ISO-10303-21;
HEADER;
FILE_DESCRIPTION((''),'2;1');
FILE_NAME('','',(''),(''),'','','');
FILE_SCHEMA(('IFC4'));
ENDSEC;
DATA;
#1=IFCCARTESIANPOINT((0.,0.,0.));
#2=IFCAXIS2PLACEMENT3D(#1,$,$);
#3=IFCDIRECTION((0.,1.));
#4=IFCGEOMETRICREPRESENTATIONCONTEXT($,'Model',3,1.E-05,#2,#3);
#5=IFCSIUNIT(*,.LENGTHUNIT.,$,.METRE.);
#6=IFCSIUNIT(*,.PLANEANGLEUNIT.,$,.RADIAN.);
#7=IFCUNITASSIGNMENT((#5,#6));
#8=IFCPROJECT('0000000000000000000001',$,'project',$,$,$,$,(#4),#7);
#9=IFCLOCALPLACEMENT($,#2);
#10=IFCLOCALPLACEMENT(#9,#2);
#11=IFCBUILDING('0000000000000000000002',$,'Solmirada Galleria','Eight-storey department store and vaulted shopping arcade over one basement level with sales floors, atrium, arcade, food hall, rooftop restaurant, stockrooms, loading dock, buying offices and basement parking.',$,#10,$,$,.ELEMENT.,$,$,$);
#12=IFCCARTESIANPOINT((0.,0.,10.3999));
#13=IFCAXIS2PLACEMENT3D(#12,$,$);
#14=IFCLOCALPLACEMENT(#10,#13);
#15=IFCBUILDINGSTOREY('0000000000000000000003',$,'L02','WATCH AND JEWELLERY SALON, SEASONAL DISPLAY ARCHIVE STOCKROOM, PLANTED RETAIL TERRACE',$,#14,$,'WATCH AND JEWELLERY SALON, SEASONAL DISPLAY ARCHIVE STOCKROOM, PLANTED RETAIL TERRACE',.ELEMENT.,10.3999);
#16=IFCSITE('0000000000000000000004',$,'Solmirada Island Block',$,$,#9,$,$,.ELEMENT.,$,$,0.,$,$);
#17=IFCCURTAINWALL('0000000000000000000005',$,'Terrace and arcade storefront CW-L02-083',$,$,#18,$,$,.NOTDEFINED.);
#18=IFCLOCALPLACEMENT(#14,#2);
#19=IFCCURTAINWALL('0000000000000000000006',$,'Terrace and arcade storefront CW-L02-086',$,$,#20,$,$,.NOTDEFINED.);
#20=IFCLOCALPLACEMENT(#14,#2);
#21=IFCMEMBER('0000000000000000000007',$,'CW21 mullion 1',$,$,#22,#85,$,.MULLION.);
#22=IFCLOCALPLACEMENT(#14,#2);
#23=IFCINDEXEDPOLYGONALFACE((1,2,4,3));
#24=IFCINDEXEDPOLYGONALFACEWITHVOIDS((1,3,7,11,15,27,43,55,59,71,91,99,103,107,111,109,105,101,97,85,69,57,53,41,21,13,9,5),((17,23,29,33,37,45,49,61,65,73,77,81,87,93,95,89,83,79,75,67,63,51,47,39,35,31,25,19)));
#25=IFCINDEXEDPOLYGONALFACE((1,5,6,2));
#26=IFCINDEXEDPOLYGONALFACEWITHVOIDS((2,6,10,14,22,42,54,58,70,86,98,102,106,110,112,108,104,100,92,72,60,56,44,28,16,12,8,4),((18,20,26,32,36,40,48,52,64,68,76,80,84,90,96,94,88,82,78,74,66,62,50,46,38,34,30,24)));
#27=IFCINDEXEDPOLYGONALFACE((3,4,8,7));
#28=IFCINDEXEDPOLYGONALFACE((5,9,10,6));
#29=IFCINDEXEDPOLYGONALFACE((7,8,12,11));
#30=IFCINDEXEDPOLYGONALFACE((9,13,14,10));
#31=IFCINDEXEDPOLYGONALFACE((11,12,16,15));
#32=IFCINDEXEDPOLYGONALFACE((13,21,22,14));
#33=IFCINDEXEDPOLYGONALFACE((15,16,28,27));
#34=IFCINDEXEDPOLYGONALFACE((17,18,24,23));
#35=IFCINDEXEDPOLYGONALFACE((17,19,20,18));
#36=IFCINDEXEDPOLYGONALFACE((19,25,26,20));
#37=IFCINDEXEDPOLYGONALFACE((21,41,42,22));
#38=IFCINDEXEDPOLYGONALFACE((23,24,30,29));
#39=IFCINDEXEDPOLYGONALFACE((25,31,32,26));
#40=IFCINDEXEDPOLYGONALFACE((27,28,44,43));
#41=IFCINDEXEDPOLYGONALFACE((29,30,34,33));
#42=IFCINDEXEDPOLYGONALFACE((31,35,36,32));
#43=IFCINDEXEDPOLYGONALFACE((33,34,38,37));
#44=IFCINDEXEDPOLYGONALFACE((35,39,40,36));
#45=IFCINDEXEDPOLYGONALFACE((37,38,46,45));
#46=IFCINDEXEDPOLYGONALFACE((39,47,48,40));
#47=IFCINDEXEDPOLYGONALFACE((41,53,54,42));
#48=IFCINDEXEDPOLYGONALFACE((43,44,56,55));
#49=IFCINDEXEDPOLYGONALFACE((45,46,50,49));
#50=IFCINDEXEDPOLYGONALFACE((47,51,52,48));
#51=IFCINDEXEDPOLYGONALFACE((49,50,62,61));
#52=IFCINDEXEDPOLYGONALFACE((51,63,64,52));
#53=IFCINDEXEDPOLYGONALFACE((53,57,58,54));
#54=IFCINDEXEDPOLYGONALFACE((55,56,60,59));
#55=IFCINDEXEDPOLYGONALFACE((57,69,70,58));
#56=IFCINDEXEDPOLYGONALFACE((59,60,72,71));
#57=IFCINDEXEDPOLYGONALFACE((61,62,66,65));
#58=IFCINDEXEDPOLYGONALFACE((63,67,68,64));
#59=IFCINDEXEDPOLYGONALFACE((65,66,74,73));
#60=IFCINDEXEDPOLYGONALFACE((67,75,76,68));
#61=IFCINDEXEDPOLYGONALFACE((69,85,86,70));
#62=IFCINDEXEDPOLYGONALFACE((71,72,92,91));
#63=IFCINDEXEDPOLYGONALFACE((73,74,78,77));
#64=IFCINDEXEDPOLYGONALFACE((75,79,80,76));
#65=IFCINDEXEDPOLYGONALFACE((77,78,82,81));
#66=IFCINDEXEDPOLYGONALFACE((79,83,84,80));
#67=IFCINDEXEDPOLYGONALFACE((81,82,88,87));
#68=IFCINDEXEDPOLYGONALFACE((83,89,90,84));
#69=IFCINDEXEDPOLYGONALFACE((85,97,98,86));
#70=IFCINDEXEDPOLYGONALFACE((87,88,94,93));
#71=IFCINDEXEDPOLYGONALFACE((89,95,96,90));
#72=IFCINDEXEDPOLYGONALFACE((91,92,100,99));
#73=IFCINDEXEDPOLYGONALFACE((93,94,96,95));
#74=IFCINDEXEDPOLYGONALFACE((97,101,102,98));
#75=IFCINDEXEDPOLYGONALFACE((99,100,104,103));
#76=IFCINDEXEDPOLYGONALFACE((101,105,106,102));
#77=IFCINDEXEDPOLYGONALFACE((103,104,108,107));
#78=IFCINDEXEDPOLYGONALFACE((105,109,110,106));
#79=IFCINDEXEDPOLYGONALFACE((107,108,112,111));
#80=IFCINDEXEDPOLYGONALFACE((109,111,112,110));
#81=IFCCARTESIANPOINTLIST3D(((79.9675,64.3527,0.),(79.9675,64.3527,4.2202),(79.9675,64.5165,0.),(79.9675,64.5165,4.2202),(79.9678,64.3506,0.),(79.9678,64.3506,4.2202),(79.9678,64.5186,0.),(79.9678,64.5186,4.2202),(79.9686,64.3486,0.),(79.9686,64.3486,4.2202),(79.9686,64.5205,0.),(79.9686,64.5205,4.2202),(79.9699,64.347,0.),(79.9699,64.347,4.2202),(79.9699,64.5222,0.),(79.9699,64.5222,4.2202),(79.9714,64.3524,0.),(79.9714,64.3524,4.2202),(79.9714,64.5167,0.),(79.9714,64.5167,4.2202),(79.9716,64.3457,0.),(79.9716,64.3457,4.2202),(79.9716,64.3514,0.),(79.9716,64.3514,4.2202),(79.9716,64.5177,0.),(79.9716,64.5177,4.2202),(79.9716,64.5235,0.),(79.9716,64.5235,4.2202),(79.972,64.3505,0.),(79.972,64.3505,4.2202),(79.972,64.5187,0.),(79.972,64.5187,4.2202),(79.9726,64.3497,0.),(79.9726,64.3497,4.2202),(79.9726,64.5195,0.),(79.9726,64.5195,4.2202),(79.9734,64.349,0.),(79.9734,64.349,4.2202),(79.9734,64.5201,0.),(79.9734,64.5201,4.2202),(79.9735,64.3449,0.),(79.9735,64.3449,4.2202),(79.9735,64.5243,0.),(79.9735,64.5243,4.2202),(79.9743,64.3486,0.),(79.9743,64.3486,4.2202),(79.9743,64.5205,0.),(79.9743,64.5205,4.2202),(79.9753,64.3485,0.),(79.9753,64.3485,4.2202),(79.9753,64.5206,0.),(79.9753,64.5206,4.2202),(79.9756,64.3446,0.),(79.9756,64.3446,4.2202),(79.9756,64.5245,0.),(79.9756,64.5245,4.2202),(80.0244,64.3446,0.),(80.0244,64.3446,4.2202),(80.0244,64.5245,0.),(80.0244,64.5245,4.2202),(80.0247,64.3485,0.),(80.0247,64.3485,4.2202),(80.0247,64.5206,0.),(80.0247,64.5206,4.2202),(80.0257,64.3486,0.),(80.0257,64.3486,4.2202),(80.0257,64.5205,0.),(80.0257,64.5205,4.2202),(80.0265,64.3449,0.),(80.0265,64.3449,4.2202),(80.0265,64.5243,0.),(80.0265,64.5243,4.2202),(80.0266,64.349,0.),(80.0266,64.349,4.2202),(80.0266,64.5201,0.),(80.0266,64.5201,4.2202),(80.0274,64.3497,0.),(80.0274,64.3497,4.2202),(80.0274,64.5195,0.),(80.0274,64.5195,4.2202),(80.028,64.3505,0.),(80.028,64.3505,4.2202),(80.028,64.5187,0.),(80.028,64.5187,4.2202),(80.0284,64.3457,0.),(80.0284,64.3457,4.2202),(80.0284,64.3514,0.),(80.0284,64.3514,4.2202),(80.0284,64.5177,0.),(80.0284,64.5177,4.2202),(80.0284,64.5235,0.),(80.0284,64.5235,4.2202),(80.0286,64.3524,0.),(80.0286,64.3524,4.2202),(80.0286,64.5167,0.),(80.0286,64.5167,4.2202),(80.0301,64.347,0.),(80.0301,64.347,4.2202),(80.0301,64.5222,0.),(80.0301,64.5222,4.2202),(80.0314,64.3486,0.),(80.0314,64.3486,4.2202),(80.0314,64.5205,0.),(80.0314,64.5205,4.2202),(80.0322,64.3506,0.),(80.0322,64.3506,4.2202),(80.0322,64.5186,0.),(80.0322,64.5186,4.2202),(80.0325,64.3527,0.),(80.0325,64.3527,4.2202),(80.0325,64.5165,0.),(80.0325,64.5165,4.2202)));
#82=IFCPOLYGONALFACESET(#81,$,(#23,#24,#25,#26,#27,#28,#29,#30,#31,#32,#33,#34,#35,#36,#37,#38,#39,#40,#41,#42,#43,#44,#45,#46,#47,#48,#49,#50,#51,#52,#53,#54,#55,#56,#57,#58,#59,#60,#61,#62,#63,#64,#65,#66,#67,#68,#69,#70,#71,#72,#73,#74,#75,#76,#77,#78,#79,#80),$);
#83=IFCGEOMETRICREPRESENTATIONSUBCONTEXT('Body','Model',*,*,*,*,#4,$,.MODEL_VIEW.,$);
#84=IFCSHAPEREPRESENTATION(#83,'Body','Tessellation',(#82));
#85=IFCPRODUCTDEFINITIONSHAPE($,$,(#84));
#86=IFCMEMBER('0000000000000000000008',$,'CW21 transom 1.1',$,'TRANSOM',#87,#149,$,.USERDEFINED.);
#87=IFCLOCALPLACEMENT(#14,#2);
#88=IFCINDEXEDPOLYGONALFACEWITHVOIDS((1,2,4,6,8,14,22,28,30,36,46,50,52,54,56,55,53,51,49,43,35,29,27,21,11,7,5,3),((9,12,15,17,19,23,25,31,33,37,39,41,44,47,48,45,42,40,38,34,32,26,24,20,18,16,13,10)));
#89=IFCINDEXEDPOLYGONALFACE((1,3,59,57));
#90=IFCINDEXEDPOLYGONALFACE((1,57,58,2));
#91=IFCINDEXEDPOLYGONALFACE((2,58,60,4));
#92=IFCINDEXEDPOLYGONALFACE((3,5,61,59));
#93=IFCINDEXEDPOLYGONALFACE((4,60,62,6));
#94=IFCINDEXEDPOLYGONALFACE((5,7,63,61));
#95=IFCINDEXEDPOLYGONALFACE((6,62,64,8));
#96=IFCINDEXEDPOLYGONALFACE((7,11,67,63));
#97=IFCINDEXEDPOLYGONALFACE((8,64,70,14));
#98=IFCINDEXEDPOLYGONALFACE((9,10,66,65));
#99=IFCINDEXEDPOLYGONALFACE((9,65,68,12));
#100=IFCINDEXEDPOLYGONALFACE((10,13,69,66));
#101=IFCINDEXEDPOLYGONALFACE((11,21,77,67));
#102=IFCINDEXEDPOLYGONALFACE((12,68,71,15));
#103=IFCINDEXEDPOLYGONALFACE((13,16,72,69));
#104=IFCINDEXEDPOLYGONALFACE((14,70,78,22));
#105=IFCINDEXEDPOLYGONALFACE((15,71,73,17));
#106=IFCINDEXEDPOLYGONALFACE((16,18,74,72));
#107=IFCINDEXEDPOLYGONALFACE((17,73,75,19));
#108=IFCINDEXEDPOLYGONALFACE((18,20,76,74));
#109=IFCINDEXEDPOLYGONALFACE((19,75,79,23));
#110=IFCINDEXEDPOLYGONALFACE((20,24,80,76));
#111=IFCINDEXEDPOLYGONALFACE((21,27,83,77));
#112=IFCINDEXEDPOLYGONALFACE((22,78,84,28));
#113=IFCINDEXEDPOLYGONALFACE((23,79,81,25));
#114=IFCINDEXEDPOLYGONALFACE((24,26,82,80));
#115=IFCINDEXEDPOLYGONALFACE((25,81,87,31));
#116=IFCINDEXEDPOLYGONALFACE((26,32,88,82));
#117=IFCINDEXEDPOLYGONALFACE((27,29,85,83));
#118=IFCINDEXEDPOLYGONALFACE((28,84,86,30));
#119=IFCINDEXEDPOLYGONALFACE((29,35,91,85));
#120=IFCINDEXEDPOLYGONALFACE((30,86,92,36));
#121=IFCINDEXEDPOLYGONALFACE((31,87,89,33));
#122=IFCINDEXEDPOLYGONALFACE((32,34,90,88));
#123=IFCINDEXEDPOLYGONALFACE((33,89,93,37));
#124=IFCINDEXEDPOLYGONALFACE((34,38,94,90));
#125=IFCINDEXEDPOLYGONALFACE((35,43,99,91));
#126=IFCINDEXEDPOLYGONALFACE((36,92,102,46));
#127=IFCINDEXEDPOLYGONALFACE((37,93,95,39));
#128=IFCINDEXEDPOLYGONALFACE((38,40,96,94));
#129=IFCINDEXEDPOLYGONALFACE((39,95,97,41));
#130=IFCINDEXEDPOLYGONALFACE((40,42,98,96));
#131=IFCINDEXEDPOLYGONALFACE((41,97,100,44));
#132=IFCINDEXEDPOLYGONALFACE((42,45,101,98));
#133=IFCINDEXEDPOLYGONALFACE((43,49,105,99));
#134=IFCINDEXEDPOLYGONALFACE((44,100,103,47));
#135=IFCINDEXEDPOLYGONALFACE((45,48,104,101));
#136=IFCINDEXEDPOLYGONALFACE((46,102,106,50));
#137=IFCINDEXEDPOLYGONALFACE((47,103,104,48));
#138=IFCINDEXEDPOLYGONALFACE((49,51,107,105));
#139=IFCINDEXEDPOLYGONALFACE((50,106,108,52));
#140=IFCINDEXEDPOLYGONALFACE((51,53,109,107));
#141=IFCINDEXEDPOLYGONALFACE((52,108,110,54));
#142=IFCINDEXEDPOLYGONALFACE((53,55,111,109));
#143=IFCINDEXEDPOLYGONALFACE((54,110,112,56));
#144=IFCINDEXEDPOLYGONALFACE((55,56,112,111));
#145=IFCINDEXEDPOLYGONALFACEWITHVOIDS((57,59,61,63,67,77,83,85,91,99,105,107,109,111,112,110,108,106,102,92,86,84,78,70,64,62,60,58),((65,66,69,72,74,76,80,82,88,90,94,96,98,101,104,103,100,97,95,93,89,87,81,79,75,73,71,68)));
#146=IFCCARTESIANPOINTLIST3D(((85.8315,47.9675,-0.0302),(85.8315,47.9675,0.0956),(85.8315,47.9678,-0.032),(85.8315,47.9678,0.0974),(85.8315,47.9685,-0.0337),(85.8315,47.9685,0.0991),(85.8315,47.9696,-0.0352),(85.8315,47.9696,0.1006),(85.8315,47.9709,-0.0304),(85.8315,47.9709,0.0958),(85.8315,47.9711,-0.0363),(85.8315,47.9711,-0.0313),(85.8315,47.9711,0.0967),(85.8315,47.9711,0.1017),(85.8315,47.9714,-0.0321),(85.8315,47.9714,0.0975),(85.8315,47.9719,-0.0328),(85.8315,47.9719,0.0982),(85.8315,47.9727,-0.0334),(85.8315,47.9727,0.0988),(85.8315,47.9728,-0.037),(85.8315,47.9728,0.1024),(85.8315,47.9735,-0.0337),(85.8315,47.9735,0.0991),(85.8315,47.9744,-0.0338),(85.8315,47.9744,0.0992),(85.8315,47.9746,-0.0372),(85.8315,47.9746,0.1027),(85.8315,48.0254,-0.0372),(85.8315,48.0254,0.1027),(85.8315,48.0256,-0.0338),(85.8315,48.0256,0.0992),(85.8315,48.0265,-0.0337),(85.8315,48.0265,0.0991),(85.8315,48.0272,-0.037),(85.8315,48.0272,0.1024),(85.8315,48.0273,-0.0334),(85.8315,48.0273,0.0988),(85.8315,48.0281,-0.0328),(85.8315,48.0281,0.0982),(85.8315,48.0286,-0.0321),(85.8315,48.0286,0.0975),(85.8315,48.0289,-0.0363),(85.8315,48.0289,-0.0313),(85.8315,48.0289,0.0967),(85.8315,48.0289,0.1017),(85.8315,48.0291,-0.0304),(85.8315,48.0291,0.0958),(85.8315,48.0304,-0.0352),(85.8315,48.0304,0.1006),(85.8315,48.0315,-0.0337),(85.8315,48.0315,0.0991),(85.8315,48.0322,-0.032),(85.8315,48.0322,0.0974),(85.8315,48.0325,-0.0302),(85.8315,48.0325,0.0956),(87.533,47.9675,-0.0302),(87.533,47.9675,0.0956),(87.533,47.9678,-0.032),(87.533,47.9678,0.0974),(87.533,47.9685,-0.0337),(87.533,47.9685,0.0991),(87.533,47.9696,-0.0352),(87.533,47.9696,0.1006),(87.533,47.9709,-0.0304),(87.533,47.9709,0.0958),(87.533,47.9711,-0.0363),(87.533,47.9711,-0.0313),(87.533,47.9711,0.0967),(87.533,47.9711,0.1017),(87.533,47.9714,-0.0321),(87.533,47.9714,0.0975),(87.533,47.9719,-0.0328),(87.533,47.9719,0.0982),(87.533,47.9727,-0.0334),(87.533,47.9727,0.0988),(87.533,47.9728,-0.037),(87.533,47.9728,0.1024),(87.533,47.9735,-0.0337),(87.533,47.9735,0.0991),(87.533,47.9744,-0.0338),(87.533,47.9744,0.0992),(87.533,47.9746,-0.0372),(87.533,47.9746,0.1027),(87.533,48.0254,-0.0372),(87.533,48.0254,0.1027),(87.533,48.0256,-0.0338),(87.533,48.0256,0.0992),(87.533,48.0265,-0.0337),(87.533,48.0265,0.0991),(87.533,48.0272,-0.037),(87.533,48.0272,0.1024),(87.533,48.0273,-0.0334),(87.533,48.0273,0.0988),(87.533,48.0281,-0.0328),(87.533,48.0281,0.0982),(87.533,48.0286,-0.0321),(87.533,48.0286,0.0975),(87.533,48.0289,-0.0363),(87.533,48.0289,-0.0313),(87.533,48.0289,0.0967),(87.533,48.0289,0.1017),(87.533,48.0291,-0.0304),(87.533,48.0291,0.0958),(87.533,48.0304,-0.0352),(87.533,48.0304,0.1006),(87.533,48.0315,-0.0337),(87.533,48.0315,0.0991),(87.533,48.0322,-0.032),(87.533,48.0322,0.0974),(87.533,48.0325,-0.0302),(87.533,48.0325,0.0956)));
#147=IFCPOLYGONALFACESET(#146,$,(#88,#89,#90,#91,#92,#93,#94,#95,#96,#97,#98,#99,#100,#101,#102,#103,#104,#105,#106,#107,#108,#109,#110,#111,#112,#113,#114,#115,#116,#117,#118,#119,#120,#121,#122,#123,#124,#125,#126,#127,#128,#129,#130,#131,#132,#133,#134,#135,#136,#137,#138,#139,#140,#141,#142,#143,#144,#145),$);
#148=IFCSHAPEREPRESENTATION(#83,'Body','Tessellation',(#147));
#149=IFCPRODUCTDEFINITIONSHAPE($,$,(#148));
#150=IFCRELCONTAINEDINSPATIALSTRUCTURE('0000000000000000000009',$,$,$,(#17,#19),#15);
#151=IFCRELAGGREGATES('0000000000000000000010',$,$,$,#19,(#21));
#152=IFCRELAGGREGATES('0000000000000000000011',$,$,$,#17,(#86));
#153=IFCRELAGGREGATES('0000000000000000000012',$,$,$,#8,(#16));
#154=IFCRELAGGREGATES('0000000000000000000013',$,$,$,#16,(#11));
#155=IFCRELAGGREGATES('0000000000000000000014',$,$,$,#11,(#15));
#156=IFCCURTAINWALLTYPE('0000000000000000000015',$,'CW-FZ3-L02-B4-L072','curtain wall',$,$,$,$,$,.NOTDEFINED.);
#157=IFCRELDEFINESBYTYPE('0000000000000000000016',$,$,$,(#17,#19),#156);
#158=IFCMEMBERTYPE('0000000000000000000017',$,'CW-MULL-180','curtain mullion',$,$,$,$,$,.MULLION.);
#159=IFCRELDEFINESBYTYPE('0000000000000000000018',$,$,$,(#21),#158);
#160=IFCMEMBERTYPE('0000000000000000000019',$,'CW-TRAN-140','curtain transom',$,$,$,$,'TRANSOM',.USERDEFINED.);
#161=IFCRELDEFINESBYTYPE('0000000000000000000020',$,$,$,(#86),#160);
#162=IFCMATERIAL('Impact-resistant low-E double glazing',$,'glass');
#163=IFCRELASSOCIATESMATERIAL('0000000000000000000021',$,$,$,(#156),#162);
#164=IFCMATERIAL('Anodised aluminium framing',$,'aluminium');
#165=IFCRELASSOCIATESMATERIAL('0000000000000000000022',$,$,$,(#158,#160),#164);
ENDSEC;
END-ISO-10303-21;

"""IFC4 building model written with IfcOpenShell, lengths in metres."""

from ifc_helpers import new_model, si_unit, direction, frame, origin, origin_2d, place, context, subcontext, project, spatial, hollow_rectangle, extrude, material, material_profile, profile_set, type_object, element, aggregate, save


model = new_model("IFC4")

# Units and contexts
model_context = context("Model", 3, precision=1e-05, world=origin(), true_north=direction((0.0, 1.0)))
body_context = subcontext(model_context, "Body", "Model", "MODEL_VIEW")
ifc_project = project(units=[si_unit("LENGTHUNIT", "METRE"), si_unit("PLANEANGLEUNIT", "RADIAN")], contexts=[model_context])

# Site, building, storey
site_placement = place(None, origin())
site = spatial("IfcSite", under=ifc_project, at=site_placement, Name="Solmirada Island Block", CompositionType="ELEMENT", RefElevation=0.0)
building_placement = place(site_placement, origin())
building = spatial("IfcBuilding", under=site, at=building_placement, Name="Solmirada Galleria", Description="Eight-storey department store and vaulted shopping arcade over one basement level with sales floors, atrium, arcade, food hall, rooftop restaurant, stockrooms, loading dock, buying offices and basement parking.", CompositionType="ELEMENT")
storey_placement = place(building_placement, frame((0.0, 0.0, 10.3999)))
storey = spatial("IfcBuildingStorey", under=building, at=storey_placement, Name="L02", Description="WATCH AND JEWELLERY SALON, SEASONAL DISPLAY ARCHIVE STOCKROOM, PLANTED RETAIL TERRACE", LongName="WATCH AND JEWELLERY SALON, SEASONAL DISPLAY ARCHIVE STOCKROOM, PLANTED RETAIL TERRACE", CompositionType="ELEMENT", Elevation=10.3999)

# Curtain wall
ifc_material_1 = material(Name="Impact-resistant low-E double glazing", Category="glass")
curtain_wall_type = type_object("IfcCurtainWallType", Name="CW-FZ3-L02-B4-L072", Description="curtain wall", PredefinedType="NOTDEFINED", material=ifc_material_1)
curtain_wall_1_placement = place(storey_placement, origin())
curtain_wall_1 = element("IfcCurtainWall", 1, at=curtain_wall_1_placement, inside=storey, type_object=curtain_wall_type, Name="Terrace and arcade storefront CW-L02-083", PredefinedType="NOTDEFINED")
ifc_material_2 = material(Name="Anodised aluminium framing", Category="aluminium")
ifc_material_profile_1 = material_profile(ifc_material_2, hollow_rectangle(XDim=0.0649, YDim=0.1799, WallThickness=0.0039, InnerFilletRadius=0.0039, OuterFilletRadius=0.0081, at=origin_2d()), Name="ALU-MULL-180X65")
ifc_profile_set_1 = profile_set([ifc_material_profile_1], Name="Anodised aluminium framing")
member_type_1 = type_object("IfcMemberType", Name="CW-MULL-180", Description="curtain mullion", PredefinedType="MULLION", material=ifc_profile_set_1)

# Curtain wall, member
curtain_wall_2_placement = place(storey_placement, origin())
curtain_wall_2 = element("IfcCurtainWall", 2, at=curtain_wall_2_placement, inside=storey, type_object=curtain_wall_type, Name="Terrace and arcade storefront CW-L02-086", PredefinedType="NOTDEFINED")
member_1_placement = place(storey_placement, frame((80.0, 64.4346, 0.0), z_axis=(0.0, 0.0, 1.0), x_axis=(-1.0, 0.0, 0.0)))
member_1 = element("IfcMember", 3, at=member_1_placement, type_object=member_type_1, Name="CW21 mullion 1", PredefinedType="MULLION", context=body_context, shape_type="SweptSolid", body=[
    extrude(hollow_rectangle(XDim=0.0649, YDim=0.1799, WallThickness=0.0039, InnerFilletRadius=0.0039, OuterFilletRadius=0.0081, at=origin_2d()), origin(), (0.0, 0.0, 1.0), 4.2202),
])
aggregate(curtain_wall_2, [member_1])

# Member
ifc_material_profile_2 = material_profile(ifc_material_2, hollow_rectangle(XDim=0.0649, YDim=0.1399, WallThickness=0.0034, InnerFilletRadius=0.0034, OuterFilletRadius=0.0071, at=origin_2d()), Name="ALU-TRAN-140X65")
ifc_profile_set_2 = profile_set([ifc_material_profile_2], Name="Anodised aluminium framing")
member_type_2 = type_object("IfcMemberType", Name="CW-TRAN-140", Description="curtain transom", ElementType="TRANSOM", PredefinedType="USERDEFINED", material=ifc_profile_set_2)
member_2_placement = place(storey_placement, frame((87.533, 48.0, 0.0327), z_axis=(-1.0, 0.0, 0.0), x_axis=(0.0, -1.0, 0.0)))
member_2 = element("IfcMember", 4, at=member_2_placement, type_object=member_type_2, Name="CW21 transom 1.1", ObjectType="TRANSOM", PredefinedType="USERDEFINED", context=body_context, shape_type="SweptSolid", body=[
    extrude(hollow_rectangle(XDim=0.0649, YDim=0.1399, WallThickness=0.0034, InnerFilletRadius=0.0034, OuterFilletRadius=0.0071, at=origin_2d()), origin(), (0.0, 0.0, 1.0), 1.7014),
])

aggregate(curtain_wall_1, [member_2])

save(model, "model.ifc")
